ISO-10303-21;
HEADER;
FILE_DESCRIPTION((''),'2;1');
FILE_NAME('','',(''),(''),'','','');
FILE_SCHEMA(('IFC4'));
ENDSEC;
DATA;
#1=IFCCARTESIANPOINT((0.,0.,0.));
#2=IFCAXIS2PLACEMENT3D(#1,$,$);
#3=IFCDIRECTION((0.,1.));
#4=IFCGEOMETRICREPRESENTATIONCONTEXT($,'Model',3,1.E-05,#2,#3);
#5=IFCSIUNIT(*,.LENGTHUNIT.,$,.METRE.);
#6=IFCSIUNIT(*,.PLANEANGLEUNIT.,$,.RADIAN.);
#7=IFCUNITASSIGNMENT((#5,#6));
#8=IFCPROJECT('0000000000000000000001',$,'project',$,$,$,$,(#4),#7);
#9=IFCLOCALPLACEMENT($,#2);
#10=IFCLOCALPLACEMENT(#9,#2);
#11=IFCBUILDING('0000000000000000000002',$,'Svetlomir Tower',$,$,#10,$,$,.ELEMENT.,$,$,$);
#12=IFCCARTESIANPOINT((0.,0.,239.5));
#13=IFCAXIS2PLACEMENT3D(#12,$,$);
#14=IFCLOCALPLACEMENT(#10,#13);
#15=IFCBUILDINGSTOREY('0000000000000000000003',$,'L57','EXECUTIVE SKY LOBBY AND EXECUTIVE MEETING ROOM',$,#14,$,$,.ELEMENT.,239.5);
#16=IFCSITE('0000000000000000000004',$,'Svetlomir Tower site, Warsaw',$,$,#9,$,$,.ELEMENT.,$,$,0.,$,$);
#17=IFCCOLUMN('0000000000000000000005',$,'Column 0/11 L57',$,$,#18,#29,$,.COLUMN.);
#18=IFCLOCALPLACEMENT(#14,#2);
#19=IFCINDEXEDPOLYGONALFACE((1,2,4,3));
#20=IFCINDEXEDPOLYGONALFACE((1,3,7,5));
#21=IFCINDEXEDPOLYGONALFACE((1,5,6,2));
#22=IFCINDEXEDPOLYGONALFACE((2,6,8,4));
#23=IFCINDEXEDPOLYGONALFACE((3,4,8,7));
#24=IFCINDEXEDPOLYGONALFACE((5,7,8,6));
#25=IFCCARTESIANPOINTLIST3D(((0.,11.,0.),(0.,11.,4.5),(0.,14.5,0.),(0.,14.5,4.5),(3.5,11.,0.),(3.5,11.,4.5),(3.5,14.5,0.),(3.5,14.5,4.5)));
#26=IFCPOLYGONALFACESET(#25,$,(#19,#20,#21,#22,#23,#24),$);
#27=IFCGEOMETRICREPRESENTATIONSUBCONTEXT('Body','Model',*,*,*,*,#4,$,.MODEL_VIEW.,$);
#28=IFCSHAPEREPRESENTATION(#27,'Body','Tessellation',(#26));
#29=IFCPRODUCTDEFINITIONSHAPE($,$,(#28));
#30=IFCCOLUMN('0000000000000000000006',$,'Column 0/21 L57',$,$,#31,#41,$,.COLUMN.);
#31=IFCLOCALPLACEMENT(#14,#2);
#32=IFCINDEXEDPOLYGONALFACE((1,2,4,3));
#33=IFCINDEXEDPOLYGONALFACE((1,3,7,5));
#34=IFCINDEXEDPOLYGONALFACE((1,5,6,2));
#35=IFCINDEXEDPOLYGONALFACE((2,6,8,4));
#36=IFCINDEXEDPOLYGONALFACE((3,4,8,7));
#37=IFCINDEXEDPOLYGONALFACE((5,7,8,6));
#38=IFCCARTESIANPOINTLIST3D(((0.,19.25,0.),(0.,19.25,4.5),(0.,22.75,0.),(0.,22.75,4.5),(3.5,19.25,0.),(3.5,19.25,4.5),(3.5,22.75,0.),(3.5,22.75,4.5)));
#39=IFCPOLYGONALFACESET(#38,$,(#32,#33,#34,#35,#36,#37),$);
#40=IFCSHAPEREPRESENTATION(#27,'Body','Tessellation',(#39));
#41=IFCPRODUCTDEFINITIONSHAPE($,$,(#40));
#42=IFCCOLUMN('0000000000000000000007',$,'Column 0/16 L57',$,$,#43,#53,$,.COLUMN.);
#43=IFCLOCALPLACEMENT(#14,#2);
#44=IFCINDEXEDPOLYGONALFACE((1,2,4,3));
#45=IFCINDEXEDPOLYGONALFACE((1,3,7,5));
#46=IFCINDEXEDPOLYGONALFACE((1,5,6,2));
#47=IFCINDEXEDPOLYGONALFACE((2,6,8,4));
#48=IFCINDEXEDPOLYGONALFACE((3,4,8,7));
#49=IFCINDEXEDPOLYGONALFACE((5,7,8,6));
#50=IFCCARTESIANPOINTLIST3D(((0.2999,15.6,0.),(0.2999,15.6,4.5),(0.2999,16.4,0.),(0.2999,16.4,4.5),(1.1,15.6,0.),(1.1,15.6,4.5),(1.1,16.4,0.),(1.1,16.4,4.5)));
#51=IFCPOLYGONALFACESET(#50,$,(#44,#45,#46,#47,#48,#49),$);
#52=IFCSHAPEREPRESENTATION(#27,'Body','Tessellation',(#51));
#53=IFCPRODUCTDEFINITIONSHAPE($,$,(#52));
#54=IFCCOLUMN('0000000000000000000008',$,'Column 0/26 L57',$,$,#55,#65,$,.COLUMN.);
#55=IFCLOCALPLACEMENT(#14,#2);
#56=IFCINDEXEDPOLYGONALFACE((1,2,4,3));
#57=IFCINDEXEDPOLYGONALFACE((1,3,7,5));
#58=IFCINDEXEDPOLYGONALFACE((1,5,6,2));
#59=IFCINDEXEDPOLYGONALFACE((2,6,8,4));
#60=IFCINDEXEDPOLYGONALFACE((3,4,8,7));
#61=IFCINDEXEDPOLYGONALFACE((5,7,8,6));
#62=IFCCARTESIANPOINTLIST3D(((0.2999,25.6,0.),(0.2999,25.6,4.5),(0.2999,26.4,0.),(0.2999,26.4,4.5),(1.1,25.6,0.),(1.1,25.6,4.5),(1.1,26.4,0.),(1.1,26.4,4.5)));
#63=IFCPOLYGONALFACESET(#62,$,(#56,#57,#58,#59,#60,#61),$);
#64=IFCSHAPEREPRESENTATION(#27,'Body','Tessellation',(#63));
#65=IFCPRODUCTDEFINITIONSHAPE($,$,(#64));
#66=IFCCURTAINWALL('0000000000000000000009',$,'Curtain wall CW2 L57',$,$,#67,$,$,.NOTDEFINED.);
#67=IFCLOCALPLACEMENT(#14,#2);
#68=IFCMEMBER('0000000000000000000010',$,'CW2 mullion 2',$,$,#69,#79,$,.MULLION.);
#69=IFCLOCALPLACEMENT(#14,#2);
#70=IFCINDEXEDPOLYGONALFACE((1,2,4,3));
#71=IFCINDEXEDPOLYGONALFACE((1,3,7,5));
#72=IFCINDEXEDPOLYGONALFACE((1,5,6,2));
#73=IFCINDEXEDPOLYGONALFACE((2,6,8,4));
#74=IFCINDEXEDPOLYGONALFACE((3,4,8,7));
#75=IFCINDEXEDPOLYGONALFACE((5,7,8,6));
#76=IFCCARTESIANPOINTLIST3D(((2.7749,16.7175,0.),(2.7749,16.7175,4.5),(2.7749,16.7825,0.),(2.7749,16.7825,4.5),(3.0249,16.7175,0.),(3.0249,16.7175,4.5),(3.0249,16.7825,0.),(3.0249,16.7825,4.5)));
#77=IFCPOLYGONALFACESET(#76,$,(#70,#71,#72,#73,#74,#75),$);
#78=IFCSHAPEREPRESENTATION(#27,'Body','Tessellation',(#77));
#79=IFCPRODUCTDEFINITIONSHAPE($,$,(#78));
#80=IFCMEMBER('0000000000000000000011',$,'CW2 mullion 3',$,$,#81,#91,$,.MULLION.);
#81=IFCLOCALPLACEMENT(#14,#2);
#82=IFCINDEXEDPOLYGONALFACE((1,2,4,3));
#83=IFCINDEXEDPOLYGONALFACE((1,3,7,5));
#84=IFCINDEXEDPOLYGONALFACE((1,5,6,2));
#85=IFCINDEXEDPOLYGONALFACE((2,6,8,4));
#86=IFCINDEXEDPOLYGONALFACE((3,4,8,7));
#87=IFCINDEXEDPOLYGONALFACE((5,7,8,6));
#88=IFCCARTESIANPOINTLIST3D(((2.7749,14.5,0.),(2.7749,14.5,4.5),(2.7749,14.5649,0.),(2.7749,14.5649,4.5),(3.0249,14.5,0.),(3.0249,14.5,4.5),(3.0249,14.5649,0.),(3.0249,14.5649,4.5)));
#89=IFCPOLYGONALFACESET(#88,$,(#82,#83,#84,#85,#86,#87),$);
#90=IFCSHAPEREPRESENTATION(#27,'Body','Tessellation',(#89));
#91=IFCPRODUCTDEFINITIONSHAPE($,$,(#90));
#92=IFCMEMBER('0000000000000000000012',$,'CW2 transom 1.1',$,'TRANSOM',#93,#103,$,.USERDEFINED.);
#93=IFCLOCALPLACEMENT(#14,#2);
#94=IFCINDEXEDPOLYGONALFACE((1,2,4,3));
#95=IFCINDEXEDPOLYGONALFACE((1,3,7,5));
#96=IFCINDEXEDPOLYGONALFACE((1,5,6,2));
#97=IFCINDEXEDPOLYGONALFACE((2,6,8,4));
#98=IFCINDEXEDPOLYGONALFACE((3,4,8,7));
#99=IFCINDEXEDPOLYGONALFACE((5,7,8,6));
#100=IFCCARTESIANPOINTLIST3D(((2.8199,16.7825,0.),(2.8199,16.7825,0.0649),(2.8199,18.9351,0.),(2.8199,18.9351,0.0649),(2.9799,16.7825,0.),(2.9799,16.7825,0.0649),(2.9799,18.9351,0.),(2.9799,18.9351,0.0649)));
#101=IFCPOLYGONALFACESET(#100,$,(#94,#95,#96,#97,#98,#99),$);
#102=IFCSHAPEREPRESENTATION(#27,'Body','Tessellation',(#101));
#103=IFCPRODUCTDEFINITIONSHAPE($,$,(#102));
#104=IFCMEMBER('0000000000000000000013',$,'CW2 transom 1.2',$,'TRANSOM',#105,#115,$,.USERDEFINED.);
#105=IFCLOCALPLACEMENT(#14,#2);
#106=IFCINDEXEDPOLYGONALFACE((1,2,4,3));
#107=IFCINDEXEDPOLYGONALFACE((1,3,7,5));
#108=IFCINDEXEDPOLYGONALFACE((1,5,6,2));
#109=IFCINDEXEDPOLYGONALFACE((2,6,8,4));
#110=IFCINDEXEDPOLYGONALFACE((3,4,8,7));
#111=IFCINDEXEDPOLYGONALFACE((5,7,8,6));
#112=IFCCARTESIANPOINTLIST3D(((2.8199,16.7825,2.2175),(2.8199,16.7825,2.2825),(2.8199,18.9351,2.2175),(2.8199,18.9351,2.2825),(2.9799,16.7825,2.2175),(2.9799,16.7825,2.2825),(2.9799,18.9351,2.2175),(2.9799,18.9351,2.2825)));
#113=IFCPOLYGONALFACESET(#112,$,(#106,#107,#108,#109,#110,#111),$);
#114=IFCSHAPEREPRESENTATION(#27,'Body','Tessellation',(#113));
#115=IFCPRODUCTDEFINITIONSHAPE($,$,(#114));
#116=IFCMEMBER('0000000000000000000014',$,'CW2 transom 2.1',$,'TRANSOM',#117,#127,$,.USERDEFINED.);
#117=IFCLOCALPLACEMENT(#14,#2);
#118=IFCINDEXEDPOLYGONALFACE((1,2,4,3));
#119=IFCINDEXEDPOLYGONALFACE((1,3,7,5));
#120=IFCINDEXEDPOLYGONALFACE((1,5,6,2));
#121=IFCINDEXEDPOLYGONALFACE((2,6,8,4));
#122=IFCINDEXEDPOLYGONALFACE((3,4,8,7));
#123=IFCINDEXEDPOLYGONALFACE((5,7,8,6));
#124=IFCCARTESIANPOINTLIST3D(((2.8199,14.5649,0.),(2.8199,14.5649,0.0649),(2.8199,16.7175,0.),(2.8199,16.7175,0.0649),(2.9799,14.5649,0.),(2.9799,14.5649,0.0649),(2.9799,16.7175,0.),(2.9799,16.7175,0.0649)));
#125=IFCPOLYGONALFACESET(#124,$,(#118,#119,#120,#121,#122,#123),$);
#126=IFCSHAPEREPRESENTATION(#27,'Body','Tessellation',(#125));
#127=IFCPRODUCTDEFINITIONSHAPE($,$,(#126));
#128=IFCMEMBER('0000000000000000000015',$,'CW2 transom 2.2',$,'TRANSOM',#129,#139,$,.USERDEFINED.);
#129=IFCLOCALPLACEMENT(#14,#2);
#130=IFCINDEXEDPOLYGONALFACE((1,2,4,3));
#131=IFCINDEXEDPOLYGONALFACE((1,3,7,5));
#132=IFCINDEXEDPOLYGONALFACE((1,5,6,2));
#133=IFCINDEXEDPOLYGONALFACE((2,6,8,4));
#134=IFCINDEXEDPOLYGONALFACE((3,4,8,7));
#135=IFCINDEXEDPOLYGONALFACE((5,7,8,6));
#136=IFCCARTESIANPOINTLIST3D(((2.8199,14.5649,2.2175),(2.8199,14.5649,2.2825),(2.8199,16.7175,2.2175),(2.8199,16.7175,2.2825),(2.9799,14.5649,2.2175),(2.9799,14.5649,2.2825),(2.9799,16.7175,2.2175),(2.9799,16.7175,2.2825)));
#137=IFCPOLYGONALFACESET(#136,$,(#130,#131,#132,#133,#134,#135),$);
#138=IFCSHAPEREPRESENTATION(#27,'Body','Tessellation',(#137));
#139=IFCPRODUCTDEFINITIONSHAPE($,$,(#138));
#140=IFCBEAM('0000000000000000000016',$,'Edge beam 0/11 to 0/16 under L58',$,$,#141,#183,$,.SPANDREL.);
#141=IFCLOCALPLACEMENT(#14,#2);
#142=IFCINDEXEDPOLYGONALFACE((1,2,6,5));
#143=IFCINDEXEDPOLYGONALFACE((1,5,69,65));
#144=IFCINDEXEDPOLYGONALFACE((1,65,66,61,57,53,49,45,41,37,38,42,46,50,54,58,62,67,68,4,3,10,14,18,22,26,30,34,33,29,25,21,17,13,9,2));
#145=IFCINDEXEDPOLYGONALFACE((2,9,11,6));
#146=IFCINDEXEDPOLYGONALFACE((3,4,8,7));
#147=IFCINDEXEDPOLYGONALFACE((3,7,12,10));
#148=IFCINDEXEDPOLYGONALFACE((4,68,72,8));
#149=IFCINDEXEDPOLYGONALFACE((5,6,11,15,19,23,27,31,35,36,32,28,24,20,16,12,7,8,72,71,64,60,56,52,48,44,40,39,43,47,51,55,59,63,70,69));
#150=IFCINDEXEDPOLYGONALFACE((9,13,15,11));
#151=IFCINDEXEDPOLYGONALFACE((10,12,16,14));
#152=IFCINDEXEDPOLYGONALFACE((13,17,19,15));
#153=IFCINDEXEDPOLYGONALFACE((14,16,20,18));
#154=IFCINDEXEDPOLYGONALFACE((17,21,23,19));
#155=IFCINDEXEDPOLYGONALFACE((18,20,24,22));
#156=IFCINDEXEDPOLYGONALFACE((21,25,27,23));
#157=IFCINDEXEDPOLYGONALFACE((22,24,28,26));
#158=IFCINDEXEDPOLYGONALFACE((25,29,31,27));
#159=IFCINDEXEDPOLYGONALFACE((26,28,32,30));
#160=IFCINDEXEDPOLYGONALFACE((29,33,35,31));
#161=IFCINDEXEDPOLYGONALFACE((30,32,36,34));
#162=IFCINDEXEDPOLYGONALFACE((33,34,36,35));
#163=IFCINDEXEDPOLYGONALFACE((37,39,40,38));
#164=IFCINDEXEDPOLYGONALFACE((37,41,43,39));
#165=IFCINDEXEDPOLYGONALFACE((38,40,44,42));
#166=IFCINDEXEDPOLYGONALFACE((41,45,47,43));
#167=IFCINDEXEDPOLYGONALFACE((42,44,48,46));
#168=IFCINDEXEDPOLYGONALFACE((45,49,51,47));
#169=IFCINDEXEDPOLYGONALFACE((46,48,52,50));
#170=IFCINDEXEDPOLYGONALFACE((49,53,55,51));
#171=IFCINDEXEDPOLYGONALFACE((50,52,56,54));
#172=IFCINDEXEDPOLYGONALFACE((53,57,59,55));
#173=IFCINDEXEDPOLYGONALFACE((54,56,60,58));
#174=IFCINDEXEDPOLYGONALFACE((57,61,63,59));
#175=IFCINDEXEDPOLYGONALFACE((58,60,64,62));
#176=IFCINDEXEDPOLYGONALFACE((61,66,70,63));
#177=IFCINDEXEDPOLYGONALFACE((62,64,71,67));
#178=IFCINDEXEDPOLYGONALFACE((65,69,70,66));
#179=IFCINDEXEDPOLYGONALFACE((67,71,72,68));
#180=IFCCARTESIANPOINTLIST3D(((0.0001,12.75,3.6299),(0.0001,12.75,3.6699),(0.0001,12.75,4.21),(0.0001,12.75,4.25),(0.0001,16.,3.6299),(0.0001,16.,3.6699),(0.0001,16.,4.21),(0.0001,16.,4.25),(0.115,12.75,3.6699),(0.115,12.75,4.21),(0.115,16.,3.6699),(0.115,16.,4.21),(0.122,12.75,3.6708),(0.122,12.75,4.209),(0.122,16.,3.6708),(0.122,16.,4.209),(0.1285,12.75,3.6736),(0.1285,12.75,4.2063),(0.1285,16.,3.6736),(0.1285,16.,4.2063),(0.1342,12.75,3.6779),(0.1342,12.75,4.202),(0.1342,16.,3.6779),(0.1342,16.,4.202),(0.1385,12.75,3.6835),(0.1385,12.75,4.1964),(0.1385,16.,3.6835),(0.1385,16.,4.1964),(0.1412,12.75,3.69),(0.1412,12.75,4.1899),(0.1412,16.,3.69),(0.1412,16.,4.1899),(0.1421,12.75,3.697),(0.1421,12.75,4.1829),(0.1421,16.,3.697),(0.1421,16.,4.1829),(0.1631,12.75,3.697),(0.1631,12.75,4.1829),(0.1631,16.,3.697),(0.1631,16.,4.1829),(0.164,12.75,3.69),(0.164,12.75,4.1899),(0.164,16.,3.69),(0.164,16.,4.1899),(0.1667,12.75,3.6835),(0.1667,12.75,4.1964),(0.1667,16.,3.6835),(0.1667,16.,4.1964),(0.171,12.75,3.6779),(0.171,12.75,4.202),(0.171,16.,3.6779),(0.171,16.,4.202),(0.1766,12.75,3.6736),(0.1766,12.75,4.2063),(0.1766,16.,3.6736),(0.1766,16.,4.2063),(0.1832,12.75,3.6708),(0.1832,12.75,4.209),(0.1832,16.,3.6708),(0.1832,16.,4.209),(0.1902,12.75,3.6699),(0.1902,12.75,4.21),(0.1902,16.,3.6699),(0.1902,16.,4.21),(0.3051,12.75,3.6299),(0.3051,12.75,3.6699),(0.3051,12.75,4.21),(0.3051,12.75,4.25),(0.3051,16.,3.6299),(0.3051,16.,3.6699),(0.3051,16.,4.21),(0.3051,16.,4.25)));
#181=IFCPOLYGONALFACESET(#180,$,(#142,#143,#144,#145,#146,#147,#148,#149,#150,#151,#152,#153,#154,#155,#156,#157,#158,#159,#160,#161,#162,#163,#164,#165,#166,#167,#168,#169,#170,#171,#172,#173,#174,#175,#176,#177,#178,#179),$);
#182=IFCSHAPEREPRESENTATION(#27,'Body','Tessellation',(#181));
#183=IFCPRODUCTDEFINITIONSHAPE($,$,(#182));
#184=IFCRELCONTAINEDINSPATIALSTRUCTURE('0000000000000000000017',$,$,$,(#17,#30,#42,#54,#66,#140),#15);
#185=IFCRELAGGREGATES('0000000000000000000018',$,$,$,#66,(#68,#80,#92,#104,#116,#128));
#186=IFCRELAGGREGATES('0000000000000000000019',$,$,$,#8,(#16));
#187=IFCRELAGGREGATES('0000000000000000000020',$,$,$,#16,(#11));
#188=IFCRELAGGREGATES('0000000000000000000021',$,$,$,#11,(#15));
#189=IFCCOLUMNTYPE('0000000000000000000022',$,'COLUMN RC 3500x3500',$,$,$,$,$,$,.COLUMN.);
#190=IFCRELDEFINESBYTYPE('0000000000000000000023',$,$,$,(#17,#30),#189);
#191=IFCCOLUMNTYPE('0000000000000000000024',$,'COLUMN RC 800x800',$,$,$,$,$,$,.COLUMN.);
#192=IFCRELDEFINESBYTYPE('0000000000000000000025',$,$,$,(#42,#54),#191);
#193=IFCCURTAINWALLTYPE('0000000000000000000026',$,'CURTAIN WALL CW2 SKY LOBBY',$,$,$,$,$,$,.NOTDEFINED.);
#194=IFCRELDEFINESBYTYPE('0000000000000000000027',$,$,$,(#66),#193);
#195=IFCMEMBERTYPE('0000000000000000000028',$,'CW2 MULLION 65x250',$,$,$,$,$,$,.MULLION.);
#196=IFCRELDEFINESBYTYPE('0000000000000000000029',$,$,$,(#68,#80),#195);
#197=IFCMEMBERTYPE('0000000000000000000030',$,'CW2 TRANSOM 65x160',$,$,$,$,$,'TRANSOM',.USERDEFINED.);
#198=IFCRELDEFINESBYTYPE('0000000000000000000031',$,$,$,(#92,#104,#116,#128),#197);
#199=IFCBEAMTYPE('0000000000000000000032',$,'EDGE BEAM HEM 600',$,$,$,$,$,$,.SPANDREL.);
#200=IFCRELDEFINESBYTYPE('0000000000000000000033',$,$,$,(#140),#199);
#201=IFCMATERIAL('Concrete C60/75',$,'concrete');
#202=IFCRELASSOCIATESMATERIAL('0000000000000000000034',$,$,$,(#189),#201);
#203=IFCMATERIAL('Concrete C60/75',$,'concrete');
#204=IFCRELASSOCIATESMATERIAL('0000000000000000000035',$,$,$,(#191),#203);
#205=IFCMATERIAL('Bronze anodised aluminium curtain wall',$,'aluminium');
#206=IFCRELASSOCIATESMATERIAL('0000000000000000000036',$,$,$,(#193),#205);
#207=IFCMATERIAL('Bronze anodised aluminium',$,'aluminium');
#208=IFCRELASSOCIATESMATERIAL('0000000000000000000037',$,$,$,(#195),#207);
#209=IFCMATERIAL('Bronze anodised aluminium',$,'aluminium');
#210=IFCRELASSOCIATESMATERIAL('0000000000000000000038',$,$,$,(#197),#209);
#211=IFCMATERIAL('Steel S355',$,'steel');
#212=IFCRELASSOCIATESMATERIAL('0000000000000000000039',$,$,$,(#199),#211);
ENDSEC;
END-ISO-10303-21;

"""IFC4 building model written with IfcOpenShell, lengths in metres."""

from ifc_helpers import new_model, si_unit, direction, frame, origin, origin_2d, place, context, subcontext, project, spatial, rectangle, i_section, extrude, material, material_profile, profile_set, type_object, element, aggregate, save


model = new_model("IFC4")

# Units and contexts
model_context = context("Model", 3, precision=1e-05, world=origin(), true_north=direction((0.0, 1.0)))
body_context = subcontext(model_context, "Body", "Model", "MODEL_VIEW")
ifc_project = project(units=[si_unit("LENGTHUNIT", "METRE"), si_unit("PLANEANGLEUNIT", "RADIAN")], contexts=[model_context])

# Site, building, storey
site_placement = place(None, origin())
site = spatial("IfcSite", under=ifc_project, at=site_placement, Name="Svetlomir Tower site, Warsaw", CompositionType="ELEMENT", RefElevation=0.0)
building_placement = place(site_placement, origin())
building = spatial("IfcBuilding", under=site, at=building_placement, Name="Svetlomir Tower", CompositionType="ELEMENT")
storey_placement = place(building_placement, frame((0.0, 0.0, 239.5)))
storey = spatial("IfcBuildingStorey", under=building, at=storey_placement, Name="L57", Description="EXECUTIVE SKY LOBBY AND EXECUTIVE MEETING ROOM", CompositionType="ELEMENT", Elevation=239.5)

# Columns
ifc_material_1 = material(Name="Concrete C60/75", Category="concrete")
ifc_material_profile_1 = material_profile(ifc_material_1, rectangle(XDim=3.5, YDim=3.5, at=origin_2d()), Name="RC 3500x3500")
ifc_profile_set_1 = profile_set([ifc_material_profile_1], Name="Concrete C60/75")
column_type_1 = type_object("IfcColumnType", Name="COLUMN RC 3500x3500", PredefinedType="COLUMN", material=ifc_profile_set_1)
for number, where, z_axis, x_axis, name in (
    (1, (1.75, 12.75, 0.0), (0.0, 0.0, 1.0), (1.0, 0.0, 0.0), "Column 0/11 L57"),
    (2, (1.75, 21.0, 0.0), (0.0, 0.0, 1.0), (1.0, 0.0, 0.0), "Column 0/21 L57"),
):
    element("IfcColumn", number, at=place(storey_placement, frame(where, z_axis=z_axis, x_axis=x_axis)), inside=storey, type_object=column_type_1, Name=name, PredefinedType="COLUMN", context=body_context, shape_type="SweptSolid", body=[
        extrude(rectangle(XDim=3.5, YDim=3.5, at=origin_2d()), origin(), (0.0, 0.0, 1.0), 4.5),
    ])
ifc_material_2 = material(Name="Concrete C60/75", Category="concrete")
ifc_material_profile_2 = material_profile(ifc_material_2, rectangle(XDim=0.8, YDim=0.8, at=origin_2d()), Name="RC 800x800")
ifc_profile_set_2 = profile_set([ifc_material_profile_2], Name="Concrete C60/75")
column_type_2 = type_object("IfcColumnType", Name="COLUMN RC 800x800", PredefinedType="COLUMN", material=ifc_profile_set_2)
for number, where, z_axis, x_axis, name in (
    (3, (0.7, 16.0, 0.0), (0.0, 0.0, 1.0), (1.0, 0.0, 0.0), "Column 0/16 L57"),
    (4, (0.7, 26.0, 0.0), (0.0, 0.0, 1.0), (1.0, 0.0, 0.0), "Column 0/26 L57"),
):
    element("IfcColumn", number, at=place(storey_placement, frame(where, z_axis=z_axis, x_axis=x_axis)), inside=storey, type_object=column_type_2, Name=name, PredefinedType="COLUMN", context=body_context, shape_type="SweptSolid", body=[
        extrude(rectangle(XDim=0.8, YDim=0.8, at=origin_2d()), origin(), (0.0, 0.0, 1.0), 4.5),
    ])

# Curtain wall, members
ifc_material_3 = material(Name="Bronze anodised aluminium curtain wall", Category="aluminium")
curtain_wall_type = type_object("IfcCurtainWallType", Name="CURTAIN WALL CW2 SKY LOBBY", PredefinedType="NOTDEFINED", material=ifc_material_3)
curtain_wall_placement = place(storey_placement, origin())
curtain_wall = element("IfcCurtainWall", 5, at=curtain_wall_placement, inside=storey, type_object=curtain_wall_type, Name="Curtain wall CW2 L57", PredefinedType="NOTDEFINED")
ifc_material_4 = material(Name="Bronze anodised aluminium", Category="aluminium")
ifc_material_profile_3 = material_profile(ifc_material_4, rectangle(XDim=0.0649, YDim=0.25, at=origin_2d()), Name="AL 65x250")
ifc_profile_set_3 = profile_set([ifc_material_profile_3], Name="Bronze anodised aluminium 6063-T6")
member_type_1 = type_object("IfcMemberType", Name="CW2 MULLION 65x250", PredefinedType="MULLION", material=ifc_profile_set_3)
member_1_placement = place(storey_placement, frame((2.8999, 16.75, 0.0), z_axis=(0.0, 0.0, 1.0), x_axis=(0.0, -1.0, 0.0)))
member_1 = element("IfcMember", 6, at=member_1_placement, type_object=member_type_1, Name="CW2 mullion 2", PredefinedType="MULLION", context=body_context, shape_type="SweptSolid", body=[
    extrude(rectangle(XDim=0.0649, YDim=0.25, at=origin_2d()), origin(), (0.0, 0.0, 1.0), 4.5),
])
member_2_placement = place(storey_placement, frame((2.8999, 14.5325, 0.0), z_axis=(0.0, 0.0, 1.0), x_axis=(0.0, -1.0, 0.0)))
member_2 = element("IfcMember", 7, at=member_2_placement, type_object=member_type_1, Name="CW2 mullion 3", PredefinedType="MULLION", context=body_context, shape_type="SweptSolid", body=[
    extrude(rectangle(XDim=0.0649, YDim=0.25, at=origin_2d()), origin(), (0.0, 0.0, 1.0), 4.5),
])
ifc_material_5 = material(Name="Bronze anodised aluminium", Category="aluminium")
ifc_material_profile_4 = material_profile(ifc_material_5, rectangle(XDim=0.1599, YDim=0.0649, at=origin_2d()), Name="AL 160x65")
ifc_profile_set_4 = profile_set([ifc_material_profile_4], Name="Bronze anodised aluminium 6063-T6")
member_type_2 = type_object("IfcMemberType", Name="CW2 TRANSOM 65x160", ElementType="TRANSOM", PredefinedType="USERDEFINED", material=ifc_profile_set_4)
member_3_placement = place(storey_placement, frame((2.8999, 18.9351, 0.0325), z_axis=(0.0, -1.0, 0.0), x_axis=(1.0, 0.0, 0.0)))
member_3 = element("IfcMember", 8, at=member_3_placement, type_object=member_type_2, Name="CW2 transom 1.1", ObjectType="TRANSOM", PredefinedType="USERDEFINED", context=body_context, shape_type="SweptSolid", body=[
    extrude(rectangle(XDim=0.1599, YDim=0.0649, at=origin_2d()), origin(), (0.0, 0.0, 1.0), 2.1526),
])
member_4_placement = place(storey_placement, frame((2.8999, 18.9351, 2.25), z_axis=(0.0, -1.0, 0.0), x_axis=(1.0, 0.0, 0.0)))
member_4 = element("IfcMember", 9, at=member_4_placement, type_object=member_type_2, Name="CW2 transom 1.2", ObjectType="TRANSOM", PredefinedType="USERDEFINED", context=body_context, shape_type="SweptSolid", body=[
    extrude(rectangle(XDim=0.1599, YDim=0.0649, at=origin_2d()), origin(), (0.0, 0.0, 1.0), 2.1526),
])
member_5_placement = place(storey_placement, frame((2.8999, 16.7175, 0.0325), z_axis=(0.0, -1.0, 0.0), x_axis=(1.0, 0.0, 0.0)))
member_5 = element("IfcMember", 10, at=member_5_placement, type_object=member_type_2, Name="CW2 transom 2.1", ObjectType="TRANSOM", PredefinedType="USERDEFINED", context=body_context, shape_type="SweptSolid", body=[
    extrude(rectangle(XDim=0.1599, YDim=0.0649, at=origin_2d()), origin(), (0.0, 0.0, 1.0), 2.1526),
])
member_6_placement = place(storey_placement, frame((2.8999, 16.7175, 2.25), z_axis=(0.0, -1.0, 0.0), x_axis=(1.0, 0.0, 0.0)))
member_6 = element("IfcMember", 11, at=member_6_placement, type_object=member_type_2, Name="CW2 transom 2.2", ObjectType="TRANSOM", PredefinedType="USERDEFINED", context=body_context, shape_type="SweptSolid", body=[
    extrude(rectangle(XDim=0.1599, YDim=0.0649, at=origin_2d()), origin(), (0.0, 0.0, 1.0), 2.1526),
])

# Beam
ifc_material_6 = material(Name="Steel S355", Category="steel")
ifc_material_profile_5 = material_profile(ifc_material_6, i_section(OverallWidth=0.3049, OverallDepth=0.6201, WebThickness=0.021, FlangeThickness=0.04, FilletRadius=0.0271, at=origin_2d()), Name="HEM 600")
ifc_profile_set_5 = profile_set([ifc_material_profile_5], Name="Steel S355")
beam_type_1 = type_object("IfcBeamType", Name="EDGE BEAM HEM 600", PredefinedType="SPANDREL", material=ifc_profile_set_5)
beam_1_placement = place(storey_placement, frame((0.1526, 12.75, 3.9399), z_axis=(0.0, 1.0, 0.0), x_axis=(-1.0, 0.0, 0.0)))
element("IfcBeam", 12, at=beam_1_placement, inside=storey, type_object=beam_type_1, Name="Edge beam 0/11 to 0/16 under L58", PredefinedType="SPANDREL", context=body_context, shape_type="SweptSolid", body=[
    extrude(i_section(OverallWidth=0.3049, OverallDepth=0.6201, WebThickness=0.021, FlangeThickness=0.04, FilletRadius=0.0271, at=origin_2d()), origin(), (0.0, 0.0, 1.0), 3.25),
])

aggregate(curtain_wall, [member_1, member_2, member_3, member_4, member_5, member_6])

save(model, "model.ifc")
